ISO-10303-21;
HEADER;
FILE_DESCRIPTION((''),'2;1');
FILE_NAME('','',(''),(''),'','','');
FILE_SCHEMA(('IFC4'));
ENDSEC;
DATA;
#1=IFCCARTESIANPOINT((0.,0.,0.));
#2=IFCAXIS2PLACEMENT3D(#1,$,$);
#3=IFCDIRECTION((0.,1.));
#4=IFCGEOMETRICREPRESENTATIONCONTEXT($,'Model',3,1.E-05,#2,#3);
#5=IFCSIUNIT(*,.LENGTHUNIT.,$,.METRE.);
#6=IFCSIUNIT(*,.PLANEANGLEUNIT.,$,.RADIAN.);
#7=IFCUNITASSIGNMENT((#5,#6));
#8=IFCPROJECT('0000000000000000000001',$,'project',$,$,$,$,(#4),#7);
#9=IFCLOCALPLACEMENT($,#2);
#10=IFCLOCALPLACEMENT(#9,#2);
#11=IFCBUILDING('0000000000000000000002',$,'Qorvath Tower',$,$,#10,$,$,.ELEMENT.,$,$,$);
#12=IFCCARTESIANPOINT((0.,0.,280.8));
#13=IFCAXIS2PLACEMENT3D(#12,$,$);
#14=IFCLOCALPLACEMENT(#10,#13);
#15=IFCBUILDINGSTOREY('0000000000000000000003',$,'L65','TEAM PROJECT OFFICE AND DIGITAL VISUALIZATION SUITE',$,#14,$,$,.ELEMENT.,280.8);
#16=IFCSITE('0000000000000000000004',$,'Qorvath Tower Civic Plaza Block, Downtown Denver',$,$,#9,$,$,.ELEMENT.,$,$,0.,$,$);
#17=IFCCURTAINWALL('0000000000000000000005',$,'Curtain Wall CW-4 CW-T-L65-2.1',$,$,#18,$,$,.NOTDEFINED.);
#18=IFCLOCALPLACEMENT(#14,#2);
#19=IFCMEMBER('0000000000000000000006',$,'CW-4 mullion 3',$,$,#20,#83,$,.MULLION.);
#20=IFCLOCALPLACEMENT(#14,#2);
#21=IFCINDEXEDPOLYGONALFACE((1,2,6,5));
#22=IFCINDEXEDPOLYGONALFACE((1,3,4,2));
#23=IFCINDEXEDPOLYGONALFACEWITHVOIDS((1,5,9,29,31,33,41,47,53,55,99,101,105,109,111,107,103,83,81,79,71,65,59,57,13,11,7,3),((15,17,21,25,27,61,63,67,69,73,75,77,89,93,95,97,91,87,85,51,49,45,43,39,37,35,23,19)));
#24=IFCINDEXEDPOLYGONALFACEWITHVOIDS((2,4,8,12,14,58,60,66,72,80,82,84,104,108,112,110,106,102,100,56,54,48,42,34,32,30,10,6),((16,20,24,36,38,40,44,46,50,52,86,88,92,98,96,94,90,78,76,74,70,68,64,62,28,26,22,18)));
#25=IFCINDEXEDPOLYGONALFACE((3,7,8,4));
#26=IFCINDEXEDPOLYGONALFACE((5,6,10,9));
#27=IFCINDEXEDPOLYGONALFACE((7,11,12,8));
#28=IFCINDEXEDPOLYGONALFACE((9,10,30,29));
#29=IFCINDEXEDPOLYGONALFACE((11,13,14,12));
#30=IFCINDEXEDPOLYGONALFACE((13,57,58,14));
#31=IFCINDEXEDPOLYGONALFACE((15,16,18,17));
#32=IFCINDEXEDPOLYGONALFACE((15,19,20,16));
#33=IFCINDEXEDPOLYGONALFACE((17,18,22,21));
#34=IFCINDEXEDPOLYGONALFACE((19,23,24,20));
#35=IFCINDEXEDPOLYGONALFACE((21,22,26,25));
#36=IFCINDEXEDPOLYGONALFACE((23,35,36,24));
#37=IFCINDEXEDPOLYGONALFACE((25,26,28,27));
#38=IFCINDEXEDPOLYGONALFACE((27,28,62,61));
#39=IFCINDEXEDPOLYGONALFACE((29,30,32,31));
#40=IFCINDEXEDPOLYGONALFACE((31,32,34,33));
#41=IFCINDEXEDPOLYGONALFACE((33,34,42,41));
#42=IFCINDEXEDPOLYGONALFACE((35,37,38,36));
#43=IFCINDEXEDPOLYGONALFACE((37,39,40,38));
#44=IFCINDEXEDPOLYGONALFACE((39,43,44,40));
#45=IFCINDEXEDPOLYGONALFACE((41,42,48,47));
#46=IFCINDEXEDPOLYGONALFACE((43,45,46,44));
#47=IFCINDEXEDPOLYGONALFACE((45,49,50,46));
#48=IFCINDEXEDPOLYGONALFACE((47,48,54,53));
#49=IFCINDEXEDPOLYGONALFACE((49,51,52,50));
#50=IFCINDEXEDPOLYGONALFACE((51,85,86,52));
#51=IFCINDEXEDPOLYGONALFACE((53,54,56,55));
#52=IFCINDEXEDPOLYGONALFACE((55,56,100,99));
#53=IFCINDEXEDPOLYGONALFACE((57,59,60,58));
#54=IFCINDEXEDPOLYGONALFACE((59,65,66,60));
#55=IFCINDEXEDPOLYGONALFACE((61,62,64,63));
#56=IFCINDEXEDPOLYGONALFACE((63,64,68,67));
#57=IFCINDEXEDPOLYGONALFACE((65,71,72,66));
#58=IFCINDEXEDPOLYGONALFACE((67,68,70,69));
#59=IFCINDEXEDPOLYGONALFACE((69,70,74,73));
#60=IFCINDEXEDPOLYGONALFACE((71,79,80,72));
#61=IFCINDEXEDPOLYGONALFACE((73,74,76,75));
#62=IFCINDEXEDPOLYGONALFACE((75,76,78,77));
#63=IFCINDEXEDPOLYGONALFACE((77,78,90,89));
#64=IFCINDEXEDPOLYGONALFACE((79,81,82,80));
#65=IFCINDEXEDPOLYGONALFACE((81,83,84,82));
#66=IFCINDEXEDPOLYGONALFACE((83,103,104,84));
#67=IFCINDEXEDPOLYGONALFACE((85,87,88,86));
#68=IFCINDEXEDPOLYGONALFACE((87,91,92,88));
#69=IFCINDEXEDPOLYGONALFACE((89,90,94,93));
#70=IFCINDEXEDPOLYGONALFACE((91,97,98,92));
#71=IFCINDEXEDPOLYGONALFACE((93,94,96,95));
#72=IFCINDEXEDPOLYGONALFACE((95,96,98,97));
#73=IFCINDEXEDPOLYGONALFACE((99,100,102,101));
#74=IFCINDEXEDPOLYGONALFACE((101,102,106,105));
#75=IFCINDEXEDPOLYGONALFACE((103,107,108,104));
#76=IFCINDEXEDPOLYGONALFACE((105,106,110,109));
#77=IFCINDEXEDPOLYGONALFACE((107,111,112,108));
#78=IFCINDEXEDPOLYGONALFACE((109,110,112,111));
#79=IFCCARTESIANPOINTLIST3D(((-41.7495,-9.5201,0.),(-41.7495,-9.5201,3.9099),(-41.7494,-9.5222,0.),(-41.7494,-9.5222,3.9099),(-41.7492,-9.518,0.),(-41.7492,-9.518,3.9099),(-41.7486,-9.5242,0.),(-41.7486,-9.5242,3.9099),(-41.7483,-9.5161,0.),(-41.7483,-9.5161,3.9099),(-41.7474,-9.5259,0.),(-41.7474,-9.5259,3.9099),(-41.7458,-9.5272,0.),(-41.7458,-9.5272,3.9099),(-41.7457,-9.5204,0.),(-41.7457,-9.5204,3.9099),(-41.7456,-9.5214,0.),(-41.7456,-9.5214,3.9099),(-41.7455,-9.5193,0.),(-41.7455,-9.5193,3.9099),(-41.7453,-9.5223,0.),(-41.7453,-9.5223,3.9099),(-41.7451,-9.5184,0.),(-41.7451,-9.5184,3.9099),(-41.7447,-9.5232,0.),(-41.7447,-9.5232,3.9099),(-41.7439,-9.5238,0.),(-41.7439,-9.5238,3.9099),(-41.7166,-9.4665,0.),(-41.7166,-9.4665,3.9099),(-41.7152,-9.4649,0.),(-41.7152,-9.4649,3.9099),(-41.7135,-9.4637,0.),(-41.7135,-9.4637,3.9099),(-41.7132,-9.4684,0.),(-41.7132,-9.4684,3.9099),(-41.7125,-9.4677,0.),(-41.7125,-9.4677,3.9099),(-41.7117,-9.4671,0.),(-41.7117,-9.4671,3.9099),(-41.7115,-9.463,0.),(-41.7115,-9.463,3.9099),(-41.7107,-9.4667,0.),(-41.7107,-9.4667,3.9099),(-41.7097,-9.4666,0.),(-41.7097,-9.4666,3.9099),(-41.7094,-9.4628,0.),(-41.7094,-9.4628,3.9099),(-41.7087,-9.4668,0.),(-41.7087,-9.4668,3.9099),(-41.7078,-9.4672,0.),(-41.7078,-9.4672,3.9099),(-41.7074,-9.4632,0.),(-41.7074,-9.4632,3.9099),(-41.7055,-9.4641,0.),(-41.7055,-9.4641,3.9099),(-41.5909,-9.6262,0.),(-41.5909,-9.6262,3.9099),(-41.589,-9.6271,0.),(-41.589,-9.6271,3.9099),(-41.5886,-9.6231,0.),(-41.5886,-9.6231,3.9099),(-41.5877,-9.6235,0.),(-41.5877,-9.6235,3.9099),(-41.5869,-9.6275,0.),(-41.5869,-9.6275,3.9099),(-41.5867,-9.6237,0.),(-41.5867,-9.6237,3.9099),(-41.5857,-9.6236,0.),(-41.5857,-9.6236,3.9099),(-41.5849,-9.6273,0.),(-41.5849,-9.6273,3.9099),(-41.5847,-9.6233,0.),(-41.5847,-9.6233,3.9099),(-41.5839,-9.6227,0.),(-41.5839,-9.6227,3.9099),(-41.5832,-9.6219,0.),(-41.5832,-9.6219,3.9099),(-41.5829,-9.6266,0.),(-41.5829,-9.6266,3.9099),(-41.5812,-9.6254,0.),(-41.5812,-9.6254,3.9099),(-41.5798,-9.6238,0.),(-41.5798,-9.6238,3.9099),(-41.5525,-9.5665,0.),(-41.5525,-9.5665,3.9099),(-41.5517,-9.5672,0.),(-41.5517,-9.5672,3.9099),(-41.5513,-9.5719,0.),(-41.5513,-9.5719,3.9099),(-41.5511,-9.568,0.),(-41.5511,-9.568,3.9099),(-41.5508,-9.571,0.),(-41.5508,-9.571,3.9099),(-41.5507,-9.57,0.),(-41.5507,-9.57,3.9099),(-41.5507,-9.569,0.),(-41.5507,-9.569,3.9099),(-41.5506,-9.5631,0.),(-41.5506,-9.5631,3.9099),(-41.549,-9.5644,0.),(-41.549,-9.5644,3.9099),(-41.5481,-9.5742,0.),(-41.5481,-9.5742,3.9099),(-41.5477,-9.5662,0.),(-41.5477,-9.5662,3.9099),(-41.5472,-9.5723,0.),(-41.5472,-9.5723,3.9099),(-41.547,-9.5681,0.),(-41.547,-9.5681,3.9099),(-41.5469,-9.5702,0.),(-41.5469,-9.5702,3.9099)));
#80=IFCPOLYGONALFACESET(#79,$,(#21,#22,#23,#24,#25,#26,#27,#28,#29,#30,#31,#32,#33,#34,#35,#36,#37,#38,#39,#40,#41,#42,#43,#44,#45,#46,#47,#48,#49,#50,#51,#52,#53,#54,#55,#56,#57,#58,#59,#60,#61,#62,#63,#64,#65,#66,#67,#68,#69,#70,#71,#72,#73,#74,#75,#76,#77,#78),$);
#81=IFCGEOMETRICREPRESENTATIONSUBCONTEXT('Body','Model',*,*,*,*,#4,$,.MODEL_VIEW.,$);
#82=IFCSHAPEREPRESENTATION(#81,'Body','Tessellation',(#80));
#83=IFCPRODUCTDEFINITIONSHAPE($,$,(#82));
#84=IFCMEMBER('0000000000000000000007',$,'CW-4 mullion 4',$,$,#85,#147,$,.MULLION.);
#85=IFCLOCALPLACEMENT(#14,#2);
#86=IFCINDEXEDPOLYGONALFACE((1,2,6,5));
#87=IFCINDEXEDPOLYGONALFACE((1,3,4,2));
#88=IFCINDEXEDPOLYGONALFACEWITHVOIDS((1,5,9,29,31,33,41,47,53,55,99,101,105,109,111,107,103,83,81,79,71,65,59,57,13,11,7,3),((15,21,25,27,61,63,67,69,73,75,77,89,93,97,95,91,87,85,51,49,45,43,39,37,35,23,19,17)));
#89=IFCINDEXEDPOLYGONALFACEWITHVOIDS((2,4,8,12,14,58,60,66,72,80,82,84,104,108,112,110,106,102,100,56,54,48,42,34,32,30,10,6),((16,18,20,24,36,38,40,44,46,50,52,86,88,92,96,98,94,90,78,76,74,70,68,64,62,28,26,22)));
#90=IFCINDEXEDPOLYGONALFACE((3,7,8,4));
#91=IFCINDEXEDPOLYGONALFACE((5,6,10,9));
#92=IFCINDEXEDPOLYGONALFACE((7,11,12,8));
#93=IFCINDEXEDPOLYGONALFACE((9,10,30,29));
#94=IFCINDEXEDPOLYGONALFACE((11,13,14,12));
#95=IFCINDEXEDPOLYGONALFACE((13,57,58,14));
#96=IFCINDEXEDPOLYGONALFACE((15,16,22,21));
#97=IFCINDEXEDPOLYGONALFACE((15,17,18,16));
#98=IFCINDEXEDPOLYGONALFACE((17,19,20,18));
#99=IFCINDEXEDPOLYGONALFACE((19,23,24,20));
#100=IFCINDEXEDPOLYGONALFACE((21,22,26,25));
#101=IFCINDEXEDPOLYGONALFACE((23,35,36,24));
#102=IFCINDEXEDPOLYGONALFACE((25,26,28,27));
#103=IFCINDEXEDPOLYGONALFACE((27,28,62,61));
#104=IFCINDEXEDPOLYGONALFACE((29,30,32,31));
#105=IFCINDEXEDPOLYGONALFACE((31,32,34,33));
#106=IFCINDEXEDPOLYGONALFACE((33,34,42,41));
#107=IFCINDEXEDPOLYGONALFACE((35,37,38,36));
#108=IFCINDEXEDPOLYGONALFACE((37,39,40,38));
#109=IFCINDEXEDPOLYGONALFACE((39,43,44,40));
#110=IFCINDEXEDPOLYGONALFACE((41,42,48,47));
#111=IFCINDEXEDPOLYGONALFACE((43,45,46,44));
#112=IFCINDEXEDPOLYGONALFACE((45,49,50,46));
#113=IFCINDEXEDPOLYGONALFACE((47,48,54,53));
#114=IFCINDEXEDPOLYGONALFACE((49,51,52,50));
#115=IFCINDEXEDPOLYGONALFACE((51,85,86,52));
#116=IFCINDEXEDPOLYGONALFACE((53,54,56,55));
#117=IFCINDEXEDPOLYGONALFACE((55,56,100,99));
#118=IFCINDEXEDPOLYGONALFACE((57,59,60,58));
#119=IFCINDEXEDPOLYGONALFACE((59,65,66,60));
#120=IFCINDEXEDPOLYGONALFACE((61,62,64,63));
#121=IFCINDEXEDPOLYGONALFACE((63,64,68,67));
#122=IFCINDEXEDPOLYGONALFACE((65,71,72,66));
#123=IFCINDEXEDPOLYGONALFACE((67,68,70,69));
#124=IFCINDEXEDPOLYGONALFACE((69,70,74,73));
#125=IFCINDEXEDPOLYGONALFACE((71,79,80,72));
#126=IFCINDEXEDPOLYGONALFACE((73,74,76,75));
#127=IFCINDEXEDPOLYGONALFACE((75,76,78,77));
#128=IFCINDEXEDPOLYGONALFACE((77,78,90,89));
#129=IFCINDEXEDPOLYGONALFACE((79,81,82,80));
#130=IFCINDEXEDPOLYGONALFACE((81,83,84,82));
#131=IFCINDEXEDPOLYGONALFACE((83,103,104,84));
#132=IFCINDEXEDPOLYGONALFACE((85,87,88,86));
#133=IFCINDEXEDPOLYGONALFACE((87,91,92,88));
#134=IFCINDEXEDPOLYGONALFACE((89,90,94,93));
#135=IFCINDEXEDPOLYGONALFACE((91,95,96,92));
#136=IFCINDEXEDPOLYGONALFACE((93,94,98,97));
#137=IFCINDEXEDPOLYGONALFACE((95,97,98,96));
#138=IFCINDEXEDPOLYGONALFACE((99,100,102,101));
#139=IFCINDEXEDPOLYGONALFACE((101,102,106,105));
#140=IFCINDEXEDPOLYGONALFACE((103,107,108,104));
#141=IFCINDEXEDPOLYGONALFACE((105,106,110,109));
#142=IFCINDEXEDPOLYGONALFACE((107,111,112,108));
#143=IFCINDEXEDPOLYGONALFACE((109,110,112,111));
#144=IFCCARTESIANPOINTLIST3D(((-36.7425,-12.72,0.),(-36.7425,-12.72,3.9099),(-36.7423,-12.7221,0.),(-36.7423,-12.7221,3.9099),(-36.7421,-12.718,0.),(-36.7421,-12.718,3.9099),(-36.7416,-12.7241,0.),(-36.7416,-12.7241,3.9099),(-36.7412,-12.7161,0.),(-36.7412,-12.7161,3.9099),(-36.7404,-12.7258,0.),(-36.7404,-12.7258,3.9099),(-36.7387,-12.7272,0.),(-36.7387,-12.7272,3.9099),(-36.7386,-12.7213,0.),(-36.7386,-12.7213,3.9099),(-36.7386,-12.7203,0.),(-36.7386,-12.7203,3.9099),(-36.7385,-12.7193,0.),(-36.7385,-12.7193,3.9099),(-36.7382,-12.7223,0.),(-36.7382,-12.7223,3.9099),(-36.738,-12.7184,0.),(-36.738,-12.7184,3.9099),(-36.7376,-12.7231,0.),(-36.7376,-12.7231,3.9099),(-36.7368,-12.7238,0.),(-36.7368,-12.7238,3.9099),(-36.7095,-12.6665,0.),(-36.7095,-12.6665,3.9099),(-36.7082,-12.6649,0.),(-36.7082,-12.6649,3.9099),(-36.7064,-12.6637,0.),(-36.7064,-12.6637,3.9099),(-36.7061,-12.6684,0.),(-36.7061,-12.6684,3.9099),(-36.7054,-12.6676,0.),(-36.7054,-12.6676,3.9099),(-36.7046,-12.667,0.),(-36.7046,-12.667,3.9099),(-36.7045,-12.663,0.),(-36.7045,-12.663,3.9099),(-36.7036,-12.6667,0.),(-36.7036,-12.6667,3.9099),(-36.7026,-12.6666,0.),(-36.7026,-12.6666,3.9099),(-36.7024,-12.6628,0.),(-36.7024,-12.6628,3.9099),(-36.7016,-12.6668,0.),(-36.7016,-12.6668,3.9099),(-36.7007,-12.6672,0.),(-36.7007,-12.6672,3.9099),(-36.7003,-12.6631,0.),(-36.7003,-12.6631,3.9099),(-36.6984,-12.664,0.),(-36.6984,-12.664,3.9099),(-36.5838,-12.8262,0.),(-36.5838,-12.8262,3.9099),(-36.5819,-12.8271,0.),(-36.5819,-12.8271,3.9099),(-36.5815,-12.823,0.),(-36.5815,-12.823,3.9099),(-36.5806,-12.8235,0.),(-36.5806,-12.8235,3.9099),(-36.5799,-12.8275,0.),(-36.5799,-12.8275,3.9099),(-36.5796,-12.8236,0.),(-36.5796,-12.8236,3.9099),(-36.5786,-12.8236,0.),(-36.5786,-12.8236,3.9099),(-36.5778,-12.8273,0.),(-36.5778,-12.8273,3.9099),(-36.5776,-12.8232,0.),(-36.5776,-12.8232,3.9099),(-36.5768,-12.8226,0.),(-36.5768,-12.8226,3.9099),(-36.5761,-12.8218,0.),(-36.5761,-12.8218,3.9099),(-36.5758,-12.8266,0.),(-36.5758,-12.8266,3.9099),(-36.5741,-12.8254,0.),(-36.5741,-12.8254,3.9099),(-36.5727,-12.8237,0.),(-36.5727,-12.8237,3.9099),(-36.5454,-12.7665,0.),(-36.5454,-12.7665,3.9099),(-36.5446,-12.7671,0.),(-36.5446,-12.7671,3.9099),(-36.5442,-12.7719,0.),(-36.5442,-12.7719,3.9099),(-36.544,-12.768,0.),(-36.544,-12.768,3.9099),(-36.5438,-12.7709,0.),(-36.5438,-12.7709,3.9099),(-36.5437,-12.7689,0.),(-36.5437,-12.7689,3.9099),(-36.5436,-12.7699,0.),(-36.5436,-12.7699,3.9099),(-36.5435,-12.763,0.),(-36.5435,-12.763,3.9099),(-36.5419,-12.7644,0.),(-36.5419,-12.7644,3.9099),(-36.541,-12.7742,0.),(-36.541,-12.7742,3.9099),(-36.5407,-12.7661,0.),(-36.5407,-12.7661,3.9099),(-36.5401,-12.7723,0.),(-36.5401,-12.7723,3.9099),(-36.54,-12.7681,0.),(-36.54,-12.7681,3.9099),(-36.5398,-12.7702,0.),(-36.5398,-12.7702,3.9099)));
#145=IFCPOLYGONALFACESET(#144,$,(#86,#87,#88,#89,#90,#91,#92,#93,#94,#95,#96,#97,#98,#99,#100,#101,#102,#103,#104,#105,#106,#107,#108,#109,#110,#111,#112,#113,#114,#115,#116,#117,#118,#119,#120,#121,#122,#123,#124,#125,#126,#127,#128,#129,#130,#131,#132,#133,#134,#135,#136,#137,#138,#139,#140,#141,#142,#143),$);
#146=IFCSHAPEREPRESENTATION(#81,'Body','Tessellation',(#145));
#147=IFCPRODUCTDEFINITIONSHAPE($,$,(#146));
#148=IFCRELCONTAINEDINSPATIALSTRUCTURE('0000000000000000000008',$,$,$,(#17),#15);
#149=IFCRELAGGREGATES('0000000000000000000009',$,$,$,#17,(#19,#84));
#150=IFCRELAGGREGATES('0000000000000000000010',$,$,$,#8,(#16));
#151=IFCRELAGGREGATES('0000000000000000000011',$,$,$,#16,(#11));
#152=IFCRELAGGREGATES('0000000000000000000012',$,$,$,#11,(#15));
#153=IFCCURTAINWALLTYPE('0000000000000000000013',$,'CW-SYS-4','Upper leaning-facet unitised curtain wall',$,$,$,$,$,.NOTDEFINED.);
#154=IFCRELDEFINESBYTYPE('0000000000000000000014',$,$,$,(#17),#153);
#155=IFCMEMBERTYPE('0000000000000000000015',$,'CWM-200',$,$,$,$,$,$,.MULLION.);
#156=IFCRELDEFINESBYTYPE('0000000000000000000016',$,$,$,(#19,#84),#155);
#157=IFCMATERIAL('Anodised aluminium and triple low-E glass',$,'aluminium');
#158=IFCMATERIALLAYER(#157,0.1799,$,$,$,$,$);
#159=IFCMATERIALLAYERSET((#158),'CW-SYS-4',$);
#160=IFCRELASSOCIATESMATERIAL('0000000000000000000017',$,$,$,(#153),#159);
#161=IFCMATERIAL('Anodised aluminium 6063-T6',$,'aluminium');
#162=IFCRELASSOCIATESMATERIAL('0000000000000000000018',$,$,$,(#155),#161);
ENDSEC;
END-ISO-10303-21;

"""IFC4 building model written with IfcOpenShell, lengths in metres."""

from ifc_helpers import new_model, si_unit, direction, frame, origin, origin_2d, place, context, subcontext, project, spatial, hollow_rectangle, extrude, material, layer, layer_set, material_profile, profile_set, type_object, element, aggregate, save


model = new_model("IFC4")

# Units and contexts
model_context = context("Model", 3, precision=1e-05, world=origin(), true_north=direction((0.0, 1.0)))
body_context = subcontext(model_context, "Body", "Model", "MODEL_VIEW")
ifc_project = project(units=[si_unit("LENGTHUNIT", "METRE"), si_unit("PLANEANGLEUNIT", "RADIAN")], contexts=[model_context])

# Site, building, storey
site_placement = place(None, origin())
site = spatial("IfcSite", under=ifc_project, at=site_placement, Name="Qorvath Tower Civic Plaza Block, Downtown Denver", CompositionType="ELEMENT", RefElevation=0.0)
building_placement = place(site_placement, origin())
building = spatial("IfcBuilding", under=site, at=building_placement, Name="Qorvath Tower", CompositionType="ELEMENT")
storey_placement = place(building_placement, frame((0.0, 0.0, 280.8)))
storey = spatial("IfcBuildingStorey", under=building, at=storey_placement, Name="L65", Description="TEAM PROJECT OFFICE AND DIGITAL VISUALIZATION SUITE", CompositionType="ELEMENT", Elevation=280.8)

# Curtain wall, members
ifc_material_1 = material(Name="Anodised aluminium and triple low-E glass", Category="aluminium")
ifc_layer_1 = layer(ifc_material_1, 0.1799)
ifc_layer_set_1 = layer_set([ifc_layer_1], Name="CW-SYS-4")
curtain_wall_type = type_object("IfcCurtainWallType", Name="CW-SYS-4", Description="Upper leaning-facet unitised curtain wall", PredefinedType="NOTDEFINED", material=ifc_layer_set_1)
curtain_wall_placement = place(storey_placement, origin())
curtain_wall = element("IfcCurtainWall", 1, at=curtain_wall_placement, inside=storey, type_object=curtain_wall_type, Name="Curtain Wall CW-4 CW-T-L65-2.1", PredefinedType="NOTDEFINED")
ifc_material_2 = material(Name="Anodised aluminium 6063-T6", Category="aluminium")
ifc_material_profile_1 = material_profile(ifc_material_2, hollow_rectangle(XDim=0.075, YDim=0.2, WallThickness=0.0039, InnerFilletRadius=0.0039, OuterFilletRadius=0.0081, at=origin_2d()), Name="CWM 200x75")
ifc_profile_set_1 = profile_set([ifc_material_profile_1], Name="Anodised aluminium 6063-T6")
member_type_1 = type_object("IfcMemberType", Name="CWM-200", PredefinedType="MULLION", material=ifc_profile_set_1)
member_1_placement = place(storey_placement, frame((-41.6482, -9.5452, 0.0), z_axis=(0.0, 0.0, 1.0), x_axis=(0.538531, 0.842606, 0.0)))
member_1 = element("IfcMember", 2, at=member_1_placement, type_object=member_type_1, Name="CW-4 mullion 3", PredefinedType="MULLION", context=body_context, shape_type="SweptSolid", body=[
    extrude(hollow_rectangle(XDim=0.075, YDim=0.2, WallThickness=0.0039, InnerFilletRadius=0.0039, OuterFilletRadius=0.0081, at=origin_2d()), origin(), (0.0, 0.0, 1.0), 3.9099),
])
member_2_placement = place(storey_placement, frame((-36.6411, -12.7451, 0.0), z_axis=(0.0, 0.0, 1.0), x_axis=(0.538531, 0.842606, 0.0)))
member_2 = element("IfcMember", 3, at=member_2_placement, type_object=member_type_1, Name="CW-4 mullion 4", PredefinedType="MULLION", context=body_context, shape_type="SweptSolid", body=[
    extrude(hollow_rectangle(XDim=0.075, YDim=0.2, WallThickness=0.0039, InnerFilletRadius=0.0039, OuterFilletRadius=0.0081, at=origin_2d()), origin(), (0.0, 0.0, 1.0), 3.9099),
])
aggregate(curtain_wall, [member_1, member_2])

save(model, "model.ifc")
